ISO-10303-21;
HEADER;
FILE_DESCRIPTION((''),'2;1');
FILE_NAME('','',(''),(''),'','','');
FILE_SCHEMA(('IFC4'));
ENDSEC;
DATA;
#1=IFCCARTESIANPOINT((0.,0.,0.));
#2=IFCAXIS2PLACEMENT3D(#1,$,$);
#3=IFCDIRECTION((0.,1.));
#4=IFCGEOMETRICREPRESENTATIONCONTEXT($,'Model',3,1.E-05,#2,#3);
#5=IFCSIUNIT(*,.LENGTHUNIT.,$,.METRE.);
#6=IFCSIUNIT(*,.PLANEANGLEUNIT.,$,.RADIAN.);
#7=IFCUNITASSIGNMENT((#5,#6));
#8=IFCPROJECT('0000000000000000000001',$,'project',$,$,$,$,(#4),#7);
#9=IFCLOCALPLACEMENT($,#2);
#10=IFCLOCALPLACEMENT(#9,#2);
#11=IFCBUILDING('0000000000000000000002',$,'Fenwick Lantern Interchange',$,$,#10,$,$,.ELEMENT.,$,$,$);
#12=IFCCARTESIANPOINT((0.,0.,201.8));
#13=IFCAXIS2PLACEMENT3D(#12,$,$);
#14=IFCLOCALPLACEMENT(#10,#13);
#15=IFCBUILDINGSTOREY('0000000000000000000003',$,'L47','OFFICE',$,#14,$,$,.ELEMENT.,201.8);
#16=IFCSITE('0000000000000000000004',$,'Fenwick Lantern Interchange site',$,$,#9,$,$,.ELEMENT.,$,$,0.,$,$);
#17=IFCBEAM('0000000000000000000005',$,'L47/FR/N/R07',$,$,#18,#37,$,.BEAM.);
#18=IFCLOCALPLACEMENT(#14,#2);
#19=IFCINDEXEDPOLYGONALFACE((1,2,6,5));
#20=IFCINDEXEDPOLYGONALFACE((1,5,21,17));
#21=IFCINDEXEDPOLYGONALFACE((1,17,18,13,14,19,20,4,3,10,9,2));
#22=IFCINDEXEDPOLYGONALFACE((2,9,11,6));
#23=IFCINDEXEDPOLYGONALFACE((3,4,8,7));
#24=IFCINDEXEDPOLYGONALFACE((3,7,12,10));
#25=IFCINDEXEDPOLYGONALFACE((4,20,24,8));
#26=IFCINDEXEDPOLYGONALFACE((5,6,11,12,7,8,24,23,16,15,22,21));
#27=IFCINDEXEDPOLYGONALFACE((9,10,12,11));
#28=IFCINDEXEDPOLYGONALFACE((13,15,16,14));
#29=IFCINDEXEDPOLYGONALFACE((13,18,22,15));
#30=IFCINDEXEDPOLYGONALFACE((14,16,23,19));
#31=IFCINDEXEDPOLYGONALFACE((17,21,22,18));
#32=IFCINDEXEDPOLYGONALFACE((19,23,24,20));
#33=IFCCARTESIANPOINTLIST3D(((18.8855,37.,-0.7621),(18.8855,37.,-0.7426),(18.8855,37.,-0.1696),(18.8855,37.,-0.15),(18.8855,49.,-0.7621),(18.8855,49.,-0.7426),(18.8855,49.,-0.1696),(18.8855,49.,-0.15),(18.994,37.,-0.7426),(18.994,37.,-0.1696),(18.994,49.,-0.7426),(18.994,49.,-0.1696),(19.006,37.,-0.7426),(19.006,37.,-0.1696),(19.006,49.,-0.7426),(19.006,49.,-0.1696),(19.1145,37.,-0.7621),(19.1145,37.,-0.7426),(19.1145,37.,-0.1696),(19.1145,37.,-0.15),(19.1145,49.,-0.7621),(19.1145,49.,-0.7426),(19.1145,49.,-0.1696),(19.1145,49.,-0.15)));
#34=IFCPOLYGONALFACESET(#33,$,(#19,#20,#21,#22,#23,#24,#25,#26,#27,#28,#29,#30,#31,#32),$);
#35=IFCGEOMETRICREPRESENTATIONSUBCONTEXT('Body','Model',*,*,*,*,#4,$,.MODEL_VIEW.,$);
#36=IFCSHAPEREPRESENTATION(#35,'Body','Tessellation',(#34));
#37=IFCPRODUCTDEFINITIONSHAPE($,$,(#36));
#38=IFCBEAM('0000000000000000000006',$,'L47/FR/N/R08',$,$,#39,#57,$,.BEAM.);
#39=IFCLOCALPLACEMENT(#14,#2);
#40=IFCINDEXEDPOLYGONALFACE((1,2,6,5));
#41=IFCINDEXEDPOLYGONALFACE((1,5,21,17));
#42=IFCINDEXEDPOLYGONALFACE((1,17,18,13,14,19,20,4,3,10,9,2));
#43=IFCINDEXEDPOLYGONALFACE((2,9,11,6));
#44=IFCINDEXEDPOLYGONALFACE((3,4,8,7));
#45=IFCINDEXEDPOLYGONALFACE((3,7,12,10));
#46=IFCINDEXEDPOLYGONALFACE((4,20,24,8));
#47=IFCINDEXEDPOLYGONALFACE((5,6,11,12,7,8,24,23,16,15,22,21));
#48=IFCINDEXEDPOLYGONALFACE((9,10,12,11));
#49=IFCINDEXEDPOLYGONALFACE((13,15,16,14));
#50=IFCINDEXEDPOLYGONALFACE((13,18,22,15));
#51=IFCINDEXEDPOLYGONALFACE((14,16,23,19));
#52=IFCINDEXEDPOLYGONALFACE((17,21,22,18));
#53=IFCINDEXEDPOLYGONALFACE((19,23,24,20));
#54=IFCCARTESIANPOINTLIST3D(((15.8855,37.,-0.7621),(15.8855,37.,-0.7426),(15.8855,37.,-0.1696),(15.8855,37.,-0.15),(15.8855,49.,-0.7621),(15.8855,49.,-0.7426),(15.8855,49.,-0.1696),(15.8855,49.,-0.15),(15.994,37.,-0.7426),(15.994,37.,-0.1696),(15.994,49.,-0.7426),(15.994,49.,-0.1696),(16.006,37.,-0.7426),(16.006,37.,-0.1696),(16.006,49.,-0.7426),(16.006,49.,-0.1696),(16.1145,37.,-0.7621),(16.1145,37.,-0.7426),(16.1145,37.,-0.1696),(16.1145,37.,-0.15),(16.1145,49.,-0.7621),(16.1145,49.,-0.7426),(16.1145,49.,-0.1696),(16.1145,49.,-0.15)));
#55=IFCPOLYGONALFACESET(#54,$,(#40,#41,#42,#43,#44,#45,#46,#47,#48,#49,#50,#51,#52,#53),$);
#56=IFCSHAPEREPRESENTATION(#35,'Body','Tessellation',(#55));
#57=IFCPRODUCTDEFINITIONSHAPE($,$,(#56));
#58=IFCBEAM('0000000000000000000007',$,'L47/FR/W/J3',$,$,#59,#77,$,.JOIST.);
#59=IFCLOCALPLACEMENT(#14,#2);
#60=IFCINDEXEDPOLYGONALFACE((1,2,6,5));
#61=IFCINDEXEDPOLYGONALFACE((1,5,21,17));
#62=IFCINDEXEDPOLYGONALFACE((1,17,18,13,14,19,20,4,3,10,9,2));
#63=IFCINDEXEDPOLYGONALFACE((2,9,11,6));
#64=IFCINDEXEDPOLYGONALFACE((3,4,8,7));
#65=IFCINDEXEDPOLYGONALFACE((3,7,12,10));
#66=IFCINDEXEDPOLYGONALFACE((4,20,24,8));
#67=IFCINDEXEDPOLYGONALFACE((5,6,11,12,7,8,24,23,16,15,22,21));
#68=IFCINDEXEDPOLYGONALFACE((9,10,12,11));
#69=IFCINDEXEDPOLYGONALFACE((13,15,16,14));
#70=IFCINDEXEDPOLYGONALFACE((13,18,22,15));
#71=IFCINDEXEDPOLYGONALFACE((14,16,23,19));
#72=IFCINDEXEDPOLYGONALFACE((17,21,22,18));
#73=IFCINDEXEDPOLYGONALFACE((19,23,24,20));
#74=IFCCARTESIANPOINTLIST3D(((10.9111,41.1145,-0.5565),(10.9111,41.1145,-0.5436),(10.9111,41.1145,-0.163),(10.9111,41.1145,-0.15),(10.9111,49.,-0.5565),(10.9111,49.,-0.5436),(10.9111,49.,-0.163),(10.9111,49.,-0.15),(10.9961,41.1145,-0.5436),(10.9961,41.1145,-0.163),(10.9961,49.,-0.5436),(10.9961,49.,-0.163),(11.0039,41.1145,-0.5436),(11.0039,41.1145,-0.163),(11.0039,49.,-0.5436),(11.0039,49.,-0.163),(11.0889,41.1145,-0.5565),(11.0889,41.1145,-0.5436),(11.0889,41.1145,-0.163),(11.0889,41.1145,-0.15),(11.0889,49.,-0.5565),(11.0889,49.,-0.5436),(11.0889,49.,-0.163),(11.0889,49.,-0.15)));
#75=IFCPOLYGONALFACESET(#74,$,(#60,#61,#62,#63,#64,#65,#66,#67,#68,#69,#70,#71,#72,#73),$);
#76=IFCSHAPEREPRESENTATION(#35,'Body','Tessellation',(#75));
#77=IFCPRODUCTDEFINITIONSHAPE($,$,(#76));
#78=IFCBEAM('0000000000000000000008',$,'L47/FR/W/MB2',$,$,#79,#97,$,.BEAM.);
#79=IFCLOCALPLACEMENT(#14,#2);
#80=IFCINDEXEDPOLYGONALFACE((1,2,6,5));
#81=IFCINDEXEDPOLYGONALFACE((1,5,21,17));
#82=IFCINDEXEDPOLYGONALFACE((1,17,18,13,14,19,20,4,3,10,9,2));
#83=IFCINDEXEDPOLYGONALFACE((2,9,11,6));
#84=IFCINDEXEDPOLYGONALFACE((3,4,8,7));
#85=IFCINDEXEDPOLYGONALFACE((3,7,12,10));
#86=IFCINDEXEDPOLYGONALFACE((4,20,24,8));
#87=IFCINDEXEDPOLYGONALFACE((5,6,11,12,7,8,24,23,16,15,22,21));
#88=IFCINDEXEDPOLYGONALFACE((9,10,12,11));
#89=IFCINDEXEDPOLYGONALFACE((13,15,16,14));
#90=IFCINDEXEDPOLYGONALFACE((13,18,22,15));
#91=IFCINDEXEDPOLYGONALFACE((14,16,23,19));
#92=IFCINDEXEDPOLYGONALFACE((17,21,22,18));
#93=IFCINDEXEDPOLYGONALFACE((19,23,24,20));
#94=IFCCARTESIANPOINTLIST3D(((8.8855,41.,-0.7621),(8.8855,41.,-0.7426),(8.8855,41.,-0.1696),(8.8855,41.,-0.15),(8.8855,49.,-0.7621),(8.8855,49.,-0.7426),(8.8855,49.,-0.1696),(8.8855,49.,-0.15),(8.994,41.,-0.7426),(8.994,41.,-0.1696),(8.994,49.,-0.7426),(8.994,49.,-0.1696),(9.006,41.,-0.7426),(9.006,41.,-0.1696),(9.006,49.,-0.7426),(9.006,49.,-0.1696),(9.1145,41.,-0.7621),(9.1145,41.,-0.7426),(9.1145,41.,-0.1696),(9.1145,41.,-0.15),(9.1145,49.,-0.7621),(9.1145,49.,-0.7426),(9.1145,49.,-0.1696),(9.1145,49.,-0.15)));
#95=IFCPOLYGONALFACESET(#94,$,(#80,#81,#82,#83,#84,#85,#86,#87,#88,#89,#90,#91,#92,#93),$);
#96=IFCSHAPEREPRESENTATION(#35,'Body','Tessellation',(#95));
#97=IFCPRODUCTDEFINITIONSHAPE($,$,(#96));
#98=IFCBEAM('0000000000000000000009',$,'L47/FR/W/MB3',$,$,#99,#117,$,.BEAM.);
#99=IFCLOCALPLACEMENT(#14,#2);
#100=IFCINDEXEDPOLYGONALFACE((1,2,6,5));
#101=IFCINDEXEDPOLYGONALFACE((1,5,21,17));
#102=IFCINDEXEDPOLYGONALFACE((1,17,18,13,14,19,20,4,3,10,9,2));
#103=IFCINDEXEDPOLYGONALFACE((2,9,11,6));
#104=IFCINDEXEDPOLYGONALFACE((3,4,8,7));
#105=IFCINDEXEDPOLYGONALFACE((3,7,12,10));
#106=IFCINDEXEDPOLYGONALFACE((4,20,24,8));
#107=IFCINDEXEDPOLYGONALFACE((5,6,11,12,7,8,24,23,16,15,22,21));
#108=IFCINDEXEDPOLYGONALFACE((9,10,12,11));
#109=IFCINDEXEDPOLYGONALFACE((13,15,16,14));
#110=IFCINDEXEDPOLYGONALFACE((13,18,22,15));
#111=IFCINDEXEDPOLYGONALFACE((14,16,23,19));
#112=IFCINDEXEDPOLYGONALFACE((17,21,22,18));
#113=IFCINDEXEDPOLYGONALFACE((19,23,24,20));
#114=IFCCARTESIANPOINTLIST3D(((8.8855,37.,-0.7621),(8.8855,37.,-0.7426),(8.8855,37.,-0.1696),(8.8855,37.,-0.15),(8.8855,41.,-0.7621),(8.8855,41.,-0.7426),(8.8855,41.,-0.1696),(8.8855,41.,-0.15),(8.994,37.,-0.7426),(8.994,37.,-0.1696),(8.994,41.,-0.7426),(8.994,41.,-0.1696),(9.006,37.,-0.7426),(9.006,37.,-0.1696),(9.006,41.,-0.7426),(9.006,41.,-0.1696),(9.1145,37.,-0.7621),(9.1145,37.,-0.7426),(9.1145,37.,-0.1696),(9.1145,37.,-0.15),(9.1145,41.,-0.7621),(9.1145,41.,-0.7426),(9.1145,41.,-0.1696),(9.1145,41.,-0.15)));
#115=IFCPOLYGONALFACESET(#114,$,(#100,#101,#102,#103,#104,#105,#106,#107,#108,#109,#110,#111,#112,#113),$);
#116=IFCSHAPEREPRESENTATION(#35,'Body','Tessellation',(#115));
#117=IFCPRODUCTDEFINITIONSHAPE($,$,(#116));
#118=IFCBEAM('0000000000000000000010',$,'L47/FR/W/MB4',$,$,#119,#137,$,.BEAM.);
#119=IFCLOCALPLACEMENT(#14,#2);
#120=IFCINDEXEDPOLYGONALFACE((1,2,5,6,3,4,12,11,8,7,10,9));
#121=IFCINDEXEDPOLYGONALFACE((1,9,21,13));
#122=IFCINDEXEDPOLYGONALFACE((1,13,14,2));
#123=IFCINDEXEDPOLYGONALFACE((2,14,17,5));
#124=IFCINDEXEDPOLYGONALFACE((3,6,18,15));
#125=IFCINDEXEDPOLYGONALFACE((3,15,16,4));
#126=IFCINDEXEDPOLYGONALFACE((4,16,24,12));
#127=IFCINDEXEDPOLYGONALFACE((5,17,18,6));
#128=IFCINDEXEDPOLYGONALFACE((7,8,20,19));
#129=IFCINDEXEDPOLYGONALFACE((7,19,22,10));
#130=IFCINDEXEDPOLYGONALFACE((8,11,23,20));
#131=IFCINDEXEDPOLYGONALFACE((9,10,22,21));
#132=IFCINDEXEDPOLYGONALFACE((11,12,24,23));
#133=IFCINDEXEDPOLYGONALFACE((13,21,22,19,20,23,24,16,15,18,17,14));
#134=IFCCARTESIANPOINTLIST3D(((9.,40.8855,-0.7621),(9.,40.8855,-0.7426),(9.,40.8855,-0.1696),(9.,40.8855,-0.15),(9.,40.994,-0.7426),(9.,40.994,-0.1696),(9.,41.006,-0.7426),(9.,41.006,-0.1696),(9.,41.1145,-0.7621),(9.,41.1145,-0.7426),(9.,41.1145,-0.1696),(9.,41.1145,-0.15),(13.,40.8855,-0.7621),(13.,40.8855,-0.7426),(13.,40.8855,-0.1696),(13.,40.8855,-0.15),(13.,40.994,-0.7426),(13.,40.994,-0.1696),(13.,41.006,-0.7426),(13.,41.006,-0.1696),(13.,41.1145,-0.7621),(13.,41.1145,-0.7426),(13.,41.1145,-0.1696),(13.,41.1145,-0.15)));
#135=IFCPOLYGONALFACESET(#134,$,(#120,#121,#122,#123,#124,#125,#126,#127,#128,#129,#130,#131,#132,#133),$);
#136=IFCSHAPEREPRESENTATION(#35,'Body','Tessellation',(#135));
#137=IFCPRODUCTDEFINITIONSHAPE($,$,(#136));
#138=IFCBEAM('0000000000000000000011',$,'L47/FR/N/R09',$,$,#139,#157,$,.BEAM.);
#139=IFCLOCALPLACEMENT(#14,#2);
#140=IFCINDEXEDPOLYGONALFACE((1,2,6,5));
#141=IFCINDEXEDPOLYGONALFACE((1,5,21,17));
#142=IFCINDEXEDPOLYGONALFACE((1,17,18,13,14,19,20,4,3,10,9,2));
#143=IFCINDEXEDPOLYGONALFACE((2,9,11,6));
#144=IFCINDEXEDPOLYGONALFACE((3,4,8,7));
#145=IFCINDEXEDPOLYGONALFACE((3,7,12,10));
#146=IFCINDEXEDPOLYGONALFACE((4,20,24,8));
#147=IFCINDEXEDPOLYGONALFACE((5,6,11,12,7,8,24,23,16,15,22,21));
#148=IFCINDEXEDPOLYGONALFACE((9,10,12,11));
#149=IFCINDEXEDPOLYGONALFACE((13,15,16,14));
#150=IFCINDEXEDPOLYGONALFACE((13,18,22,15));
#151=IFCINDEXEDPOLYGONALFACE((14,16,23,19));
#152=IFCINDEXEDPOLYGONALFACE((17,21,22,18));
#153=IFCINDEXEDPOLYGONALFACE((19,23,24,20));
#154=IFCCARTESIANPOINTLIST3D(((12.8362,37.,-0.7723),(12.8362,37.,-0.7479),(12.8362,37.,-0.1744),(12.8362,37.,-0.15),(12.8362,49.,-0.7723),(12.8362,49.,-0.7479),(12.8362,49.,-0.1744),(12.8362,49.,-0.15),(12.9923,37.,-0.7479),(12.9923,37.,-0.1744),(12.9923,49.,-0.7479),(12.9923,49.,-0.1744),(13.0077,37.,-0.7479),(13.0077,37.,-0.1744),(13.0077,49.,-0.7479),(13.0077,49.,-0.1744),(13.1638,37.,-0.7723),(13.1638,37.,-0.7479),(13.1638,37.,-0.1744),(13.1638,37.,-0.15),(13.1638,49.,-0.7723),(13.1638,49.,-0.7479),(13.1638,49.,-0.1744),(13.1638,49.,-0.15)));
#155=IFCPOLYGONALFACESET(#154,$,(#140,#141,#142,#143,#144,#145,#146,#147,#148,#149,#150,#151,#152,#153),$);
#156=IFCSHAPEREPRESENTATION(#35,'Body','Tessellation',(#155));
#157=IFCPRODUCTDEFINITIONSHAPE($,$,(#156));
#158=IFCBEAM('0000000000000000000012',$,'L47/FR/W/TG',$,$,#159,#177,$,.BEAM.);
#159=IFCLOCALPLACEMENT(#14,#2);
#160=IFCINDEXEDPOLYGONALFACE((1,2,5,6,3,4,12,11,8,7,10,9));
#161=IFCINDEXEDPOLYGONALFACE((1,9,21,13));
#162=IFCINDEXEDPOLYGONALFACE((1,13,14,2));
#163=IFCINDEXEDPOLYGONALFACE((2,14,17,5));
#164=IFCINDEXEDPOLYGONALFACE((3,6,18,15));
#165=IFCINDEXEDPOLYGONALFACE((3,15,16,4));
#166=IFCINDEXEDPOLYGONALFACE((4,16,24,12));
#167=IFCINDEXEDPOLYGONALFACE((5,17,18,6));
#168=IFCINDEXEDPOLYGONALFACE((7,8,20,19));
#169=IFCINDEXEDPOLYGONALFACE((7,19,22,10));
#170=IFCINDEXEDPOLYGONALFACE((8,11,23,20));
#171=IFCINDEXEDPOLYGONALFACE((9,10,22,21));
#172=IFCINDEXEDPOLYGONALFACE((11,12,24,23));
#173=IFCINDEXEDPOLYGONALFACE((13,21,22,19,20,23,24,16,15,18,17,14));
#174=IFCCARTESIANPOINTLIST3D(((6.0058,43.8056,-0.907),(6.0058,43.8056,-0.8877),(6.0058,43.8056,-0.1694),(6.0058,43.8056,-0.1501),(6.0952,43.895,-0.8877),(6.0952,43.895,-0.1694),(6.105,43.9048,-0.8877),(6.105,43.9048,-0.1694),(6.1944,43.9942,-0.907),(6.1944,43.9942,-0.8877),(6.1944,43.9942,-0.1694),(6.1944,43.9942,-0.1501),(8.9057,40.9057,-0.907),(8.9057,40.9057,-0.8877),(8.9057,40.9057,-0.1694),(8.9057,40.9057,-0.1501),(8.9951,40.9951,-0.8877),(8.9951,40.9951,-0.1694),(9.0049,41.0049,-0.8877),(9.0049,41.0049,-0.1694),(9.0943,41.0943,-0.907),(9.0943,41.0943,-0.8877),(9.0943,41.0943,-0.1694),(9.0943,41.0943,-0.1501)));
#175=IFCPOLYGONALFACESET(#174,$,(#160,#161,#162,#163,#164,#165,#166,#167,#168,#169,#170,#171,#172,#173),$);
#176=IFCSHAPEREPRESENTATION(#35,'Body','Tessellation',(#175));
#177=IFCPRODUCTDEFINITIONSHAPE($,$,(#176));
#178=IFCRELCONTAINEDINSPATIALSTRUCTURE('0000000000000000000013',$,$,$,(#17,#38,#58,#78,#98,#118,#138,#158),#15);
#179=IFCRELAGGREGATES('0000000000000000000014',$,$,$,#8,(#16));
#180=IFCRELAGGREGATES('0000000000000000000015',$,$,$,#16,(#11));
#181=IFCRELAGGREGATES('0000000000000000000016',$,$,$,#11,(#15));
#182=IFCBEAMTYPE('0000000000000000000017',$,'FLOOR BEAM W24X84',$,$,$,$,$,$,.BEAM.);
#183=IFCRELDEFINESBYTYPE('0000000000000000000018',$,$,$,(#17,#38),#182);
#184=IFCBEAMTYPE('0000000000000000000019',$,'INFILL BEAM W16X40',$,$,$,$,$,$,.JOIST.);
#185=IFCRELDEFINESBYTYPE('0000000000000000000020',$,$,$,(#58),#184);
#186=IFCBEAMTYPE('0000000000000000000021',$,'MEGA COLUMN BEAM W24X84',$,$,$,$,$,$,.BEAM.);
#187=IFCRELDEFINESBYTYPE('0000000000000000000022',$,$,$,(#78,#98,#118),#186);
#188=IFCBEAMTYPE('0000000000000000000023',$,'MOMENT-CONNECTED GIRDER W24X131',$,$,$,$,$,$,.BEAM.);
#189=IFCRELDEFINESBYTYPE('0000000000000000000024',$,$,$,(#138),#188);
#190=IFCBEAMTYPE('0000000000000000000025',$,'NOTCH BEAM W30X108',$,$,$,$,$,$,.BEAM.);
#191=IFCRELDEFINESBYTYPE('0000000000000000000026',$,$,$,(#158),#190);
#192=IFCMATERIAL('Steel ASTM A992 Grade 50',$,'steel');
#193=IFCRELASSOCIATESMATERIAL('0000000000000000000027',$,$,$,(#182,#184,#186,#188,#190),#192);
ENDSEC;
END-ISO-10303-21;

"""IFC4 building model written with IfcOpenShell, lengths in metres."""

from ifc_helpers import new_model, si_unit, direction, frame, origin, origin_2d, place, context, subcontext, project, spatial, i_section, extrude, material, material_profile, profile_set, type_object, element, save


model = new_model("IFC4")

# Units and contexts
model_context = context("Model", 3, precision=1e-05, world=origin(), true_north=direction((0.0, 1.0)))
body_context = subcontext(model_context, "Body", "Model", "MODEL_VIEW")
ifc_project = project(units=[si_unit("LENGTHUNIT", "METRE"), si_unit("PLANEANGLEUNIT", "RADIAN")], contexts=[model_context])

# Site, building, storey
site_placement = place(None, origin())
site = spatial("IfcSite", under=ifc_project, at=site_placement, Name="Fenwick Lantern Interchange site", CompositionType="ELEMENT", RefElevation=0.0)
building_placement = place(site_placement, origin())
building = spatial("IfcBuilding", under=site, at=building_placement, Name="Fenwick Lantern Interchange", CompositionType="ELEMENT")
storey_placement = place(building_placement, frame((0.0, 0.0, 201.8)))
storey = spatial("IfcBuildingStorey", under=building, at=storey_placement, Name="L47", Description="OFFICE", CompositionType="ELEMENT", Elevation=201.8)

# Shared definitions
ifc_material_1 = material(Name="Steel ASTM A992 Grade 50", Category="steel")

# Beams
ifc_material_profile_1 = material_profile(ifc_material_1, i_section(OverallWidth=0.229, OverallDepth=0.6121, WebThickness=0.012, FlangeThickness=0.0195, at=origin_2d()), Name="W24X84")
ifc_profile_set_1 = profile_set([ifc_material_profile_1], Name="Steel ASTM A992 Grade 50")
beam_type_1 = type_object("IfcBeamType", Name="FLOOR BEAM W24X84", PredefinedType="BEAM", material=ifc_profile_set_1)
for number, where, z_axis, x_axis, name in (
    (1, (19.0, 49.0, -0.4561), (0.0, -1.0, 0.0), (1.0, 0.0, 0.0), "L47/FR/N/R07"),
    (2, (16.0, 49.0, -0.4561), (0.0, -1.0, 0.0), (1.0, 0.0, 0.0), "L47/FR/N/R08"),
):
    element("IfcBeam", number, at=place(storey_placement, frame(where, z_axis=z_axis, x_axis=x_axis)), inside=storey, type_object=beam_type_1, Name=name, PredefinedType="BEAM", context=body_context, shape_type="SweptSolid", body=[
        extrude(i_section(OverallWidth=0.229, OverallDepth=0.6121, WebThickness=0.012, FlangeThickness=0.0195, at=origin_2d()), origin(), (0.0, 0.0, 1.0), 12.0),
    ])
ifc_material_profile_2 = material_profile(ifc_material_1, i_section(OverallWidth=0.1777, OverallDepth=0.4065, WebThickness=0.0078, FlangeThickness=0.0129, at=origin_2d()), Name="W16X40")
ifc_profile_set_2 = profile_set([ifc_material_profile_2], Name="Steel ASTM A992 Grade 50")
beam_type_2 = type_object("IfcBeamType", Name="INFILL BEAM W16X40", PredefinedType="JOIST", material=ifc_profile_set_2)
beam_1_placement = place(storey_placement, frame((11.0, 49.0, -0.3533), z_axis=(0.0, -1.0, 0.0), x_axis=(1.0, 0.0, 0.0)))
element("IfcBeam", 3, at=beam_1_placement, inside=storey, type_object=beam_type_2, Name="L47/FR/W/J3", PredefinedType="JOIST", context=body_context, shape_type="SweptSolid", body=[
    extrude(i_section(OverallWidth=0.1777, OverallDepth=0.4065, WebThickness=0.0078, FlangeThickness=0.0129, at=origin_2d()), origin(), (0.0, 0.0, 1.0), 7.8855),
])
ifc_material_profile_3 = material_profile(ifc_material_1, i_section(OverallWidth=0.229, OverallDepth=0.6121, WebThickness=0.012, FlangeThickness=0.0195, at=origin_2d()), Name="W24X84")
ifc_profile_set_3 = profile_set([ifc_material_profile_3], Name="Steel ASTM A992 Grade 50")
beam_type_3 = type_object("IfcBeamType", Name="MEGA COLUMN BEAM W24X84", PredefinedType="BEAM", material=ifc_profile_set_3)
beam_2_placement = place(storey_placement, frame((9.0, 41.0, -0.4561), z_axis=(0.0, 1.0, 0.0), x_axis=(-1.0, 0.0, 0.0)))
element("IfcBeam", 4, at=beam_2_placement, inside=storey, type_object=beam_type_3, Name="L47/FR/W/MB2", PredefinedType="BEAM", context=body_context, shape_type="SweptSolid", body=[
    extrude(i_section(OverallWidth=0.229, OverallDepth=0.6121, WebThickness=0.012, FlangeThickness=0.0195, at=origin_2d()), origin(), (0.0, 0.0, 1.0), 8.0),
])
for number, where, z_axis, x_axis, name in (
    (5, (9.0, 41.0, -0.4561), (0.0, -1.0, 0.0), (1.0, 0.0, 0.0), "L47/FR/W/MB3"),
    (6, (9.0, 41.0, -0.4561), (1.0, 0.0, 0.0), (0.0, 1.0, 0.0), "L47/FR/W/MB4"),
):
    element("IfcBeam", number, at=place(storey_placement, frame(where, z_axis=z_axis, x_axis=x_axis)), inside=storey, type_object=beam_type_3, Name=name, PredefinedType="BEAM", context=body_context, shape_type="SweptSolid", body=[
        extrude(i_section(OverallWidth=0.229, OverallDepth=0.6121, WebThickness=0.012, FlangeThickness=0.0195, at=origin_2d()), origin(), (0.0, 0.0, 1.0), 4.0),
    ])
ifc_material_profile_4 = material_profile(ifc_material_1, i_section(OverallWidth=0.3276, OverallDepth=0.6223, WebThickness=0.0154, FlangeThickness=0.0244, at=origin_2d()), Name="W24X131")
ifc_profile_set_4 = profile_set([ifc_material_profile_4], Name="Steel ASTM A992 Grade 50")
beam_type_4 = type_object("IfcBeamType", Name="MOMENT-CONNECTED GIRDER W24X131", PredefinedType="BEAM", material=ifc_profile_set_4)
beam_3_placement = place(storey_placement, frame((13.0, 49.0, -0.4612), z_axis=(0.0, -1.0, 0.0), x_axis=(1.0, 0.0, 0.0)))
element("IfcBeam", 7, at=beam_3_placement, inside=storey, type_object=beam_type_4, Name="L47/FR/N/R09", PredefinedType="BEAM", context=body_context, shape_type="SweptSolid", body=[
    extrude(i_section(OverallWidth=0.3276, OverallDepth=0.6223, WebThickness=0.0154, FlangeThickness=0.0244, at=origin_2d()), origin(), (0.0, 0.0, 1.0), 12.0),
])
ifc_material_profile_5 = material_profile(ifc_material_1, i_section(OverallWidth=0.2666, OverallDepth=0.7568, WebThickness=0.0139, FlangeThickness=0.0193, at=origin_2d()), Name="W30X108")
ifc_profile_set_5 = profile_set([ifc_material_profile_5], Name="Steel ASTM A992 Grade 50")
beam_type_5 = type_object("IfcBeamType", Name="NOTCH BEAM W30X108", PredefinedType="BEAM", material=ifc_profile_set_5)
beam_4_placement = place(storey_placement, frame((9.0, 41.0, -0.5286), z_axis=(-0.707107, 0.707107, 0.0), x_axis=(-0.707107, -0.707107, 0.0)))
element("IfcBeam", 8, at=beam_4_placement, inside=storey, type_object=beam_type_5, Name="L47/FR/W/TG", PredefinedType="BEAM", context=body_context, shape_type="SweptSolid", body=[
    extrude(i_section(OverallWidth=0.2666, OverallDepth=0.7568, WebThickness=0.0139, FlangeThickness=0.0193, at=origin_2d()), origin(), (0.0, 0.0, 1.0), 4.1011),
])

save(model, "model.ifc")
